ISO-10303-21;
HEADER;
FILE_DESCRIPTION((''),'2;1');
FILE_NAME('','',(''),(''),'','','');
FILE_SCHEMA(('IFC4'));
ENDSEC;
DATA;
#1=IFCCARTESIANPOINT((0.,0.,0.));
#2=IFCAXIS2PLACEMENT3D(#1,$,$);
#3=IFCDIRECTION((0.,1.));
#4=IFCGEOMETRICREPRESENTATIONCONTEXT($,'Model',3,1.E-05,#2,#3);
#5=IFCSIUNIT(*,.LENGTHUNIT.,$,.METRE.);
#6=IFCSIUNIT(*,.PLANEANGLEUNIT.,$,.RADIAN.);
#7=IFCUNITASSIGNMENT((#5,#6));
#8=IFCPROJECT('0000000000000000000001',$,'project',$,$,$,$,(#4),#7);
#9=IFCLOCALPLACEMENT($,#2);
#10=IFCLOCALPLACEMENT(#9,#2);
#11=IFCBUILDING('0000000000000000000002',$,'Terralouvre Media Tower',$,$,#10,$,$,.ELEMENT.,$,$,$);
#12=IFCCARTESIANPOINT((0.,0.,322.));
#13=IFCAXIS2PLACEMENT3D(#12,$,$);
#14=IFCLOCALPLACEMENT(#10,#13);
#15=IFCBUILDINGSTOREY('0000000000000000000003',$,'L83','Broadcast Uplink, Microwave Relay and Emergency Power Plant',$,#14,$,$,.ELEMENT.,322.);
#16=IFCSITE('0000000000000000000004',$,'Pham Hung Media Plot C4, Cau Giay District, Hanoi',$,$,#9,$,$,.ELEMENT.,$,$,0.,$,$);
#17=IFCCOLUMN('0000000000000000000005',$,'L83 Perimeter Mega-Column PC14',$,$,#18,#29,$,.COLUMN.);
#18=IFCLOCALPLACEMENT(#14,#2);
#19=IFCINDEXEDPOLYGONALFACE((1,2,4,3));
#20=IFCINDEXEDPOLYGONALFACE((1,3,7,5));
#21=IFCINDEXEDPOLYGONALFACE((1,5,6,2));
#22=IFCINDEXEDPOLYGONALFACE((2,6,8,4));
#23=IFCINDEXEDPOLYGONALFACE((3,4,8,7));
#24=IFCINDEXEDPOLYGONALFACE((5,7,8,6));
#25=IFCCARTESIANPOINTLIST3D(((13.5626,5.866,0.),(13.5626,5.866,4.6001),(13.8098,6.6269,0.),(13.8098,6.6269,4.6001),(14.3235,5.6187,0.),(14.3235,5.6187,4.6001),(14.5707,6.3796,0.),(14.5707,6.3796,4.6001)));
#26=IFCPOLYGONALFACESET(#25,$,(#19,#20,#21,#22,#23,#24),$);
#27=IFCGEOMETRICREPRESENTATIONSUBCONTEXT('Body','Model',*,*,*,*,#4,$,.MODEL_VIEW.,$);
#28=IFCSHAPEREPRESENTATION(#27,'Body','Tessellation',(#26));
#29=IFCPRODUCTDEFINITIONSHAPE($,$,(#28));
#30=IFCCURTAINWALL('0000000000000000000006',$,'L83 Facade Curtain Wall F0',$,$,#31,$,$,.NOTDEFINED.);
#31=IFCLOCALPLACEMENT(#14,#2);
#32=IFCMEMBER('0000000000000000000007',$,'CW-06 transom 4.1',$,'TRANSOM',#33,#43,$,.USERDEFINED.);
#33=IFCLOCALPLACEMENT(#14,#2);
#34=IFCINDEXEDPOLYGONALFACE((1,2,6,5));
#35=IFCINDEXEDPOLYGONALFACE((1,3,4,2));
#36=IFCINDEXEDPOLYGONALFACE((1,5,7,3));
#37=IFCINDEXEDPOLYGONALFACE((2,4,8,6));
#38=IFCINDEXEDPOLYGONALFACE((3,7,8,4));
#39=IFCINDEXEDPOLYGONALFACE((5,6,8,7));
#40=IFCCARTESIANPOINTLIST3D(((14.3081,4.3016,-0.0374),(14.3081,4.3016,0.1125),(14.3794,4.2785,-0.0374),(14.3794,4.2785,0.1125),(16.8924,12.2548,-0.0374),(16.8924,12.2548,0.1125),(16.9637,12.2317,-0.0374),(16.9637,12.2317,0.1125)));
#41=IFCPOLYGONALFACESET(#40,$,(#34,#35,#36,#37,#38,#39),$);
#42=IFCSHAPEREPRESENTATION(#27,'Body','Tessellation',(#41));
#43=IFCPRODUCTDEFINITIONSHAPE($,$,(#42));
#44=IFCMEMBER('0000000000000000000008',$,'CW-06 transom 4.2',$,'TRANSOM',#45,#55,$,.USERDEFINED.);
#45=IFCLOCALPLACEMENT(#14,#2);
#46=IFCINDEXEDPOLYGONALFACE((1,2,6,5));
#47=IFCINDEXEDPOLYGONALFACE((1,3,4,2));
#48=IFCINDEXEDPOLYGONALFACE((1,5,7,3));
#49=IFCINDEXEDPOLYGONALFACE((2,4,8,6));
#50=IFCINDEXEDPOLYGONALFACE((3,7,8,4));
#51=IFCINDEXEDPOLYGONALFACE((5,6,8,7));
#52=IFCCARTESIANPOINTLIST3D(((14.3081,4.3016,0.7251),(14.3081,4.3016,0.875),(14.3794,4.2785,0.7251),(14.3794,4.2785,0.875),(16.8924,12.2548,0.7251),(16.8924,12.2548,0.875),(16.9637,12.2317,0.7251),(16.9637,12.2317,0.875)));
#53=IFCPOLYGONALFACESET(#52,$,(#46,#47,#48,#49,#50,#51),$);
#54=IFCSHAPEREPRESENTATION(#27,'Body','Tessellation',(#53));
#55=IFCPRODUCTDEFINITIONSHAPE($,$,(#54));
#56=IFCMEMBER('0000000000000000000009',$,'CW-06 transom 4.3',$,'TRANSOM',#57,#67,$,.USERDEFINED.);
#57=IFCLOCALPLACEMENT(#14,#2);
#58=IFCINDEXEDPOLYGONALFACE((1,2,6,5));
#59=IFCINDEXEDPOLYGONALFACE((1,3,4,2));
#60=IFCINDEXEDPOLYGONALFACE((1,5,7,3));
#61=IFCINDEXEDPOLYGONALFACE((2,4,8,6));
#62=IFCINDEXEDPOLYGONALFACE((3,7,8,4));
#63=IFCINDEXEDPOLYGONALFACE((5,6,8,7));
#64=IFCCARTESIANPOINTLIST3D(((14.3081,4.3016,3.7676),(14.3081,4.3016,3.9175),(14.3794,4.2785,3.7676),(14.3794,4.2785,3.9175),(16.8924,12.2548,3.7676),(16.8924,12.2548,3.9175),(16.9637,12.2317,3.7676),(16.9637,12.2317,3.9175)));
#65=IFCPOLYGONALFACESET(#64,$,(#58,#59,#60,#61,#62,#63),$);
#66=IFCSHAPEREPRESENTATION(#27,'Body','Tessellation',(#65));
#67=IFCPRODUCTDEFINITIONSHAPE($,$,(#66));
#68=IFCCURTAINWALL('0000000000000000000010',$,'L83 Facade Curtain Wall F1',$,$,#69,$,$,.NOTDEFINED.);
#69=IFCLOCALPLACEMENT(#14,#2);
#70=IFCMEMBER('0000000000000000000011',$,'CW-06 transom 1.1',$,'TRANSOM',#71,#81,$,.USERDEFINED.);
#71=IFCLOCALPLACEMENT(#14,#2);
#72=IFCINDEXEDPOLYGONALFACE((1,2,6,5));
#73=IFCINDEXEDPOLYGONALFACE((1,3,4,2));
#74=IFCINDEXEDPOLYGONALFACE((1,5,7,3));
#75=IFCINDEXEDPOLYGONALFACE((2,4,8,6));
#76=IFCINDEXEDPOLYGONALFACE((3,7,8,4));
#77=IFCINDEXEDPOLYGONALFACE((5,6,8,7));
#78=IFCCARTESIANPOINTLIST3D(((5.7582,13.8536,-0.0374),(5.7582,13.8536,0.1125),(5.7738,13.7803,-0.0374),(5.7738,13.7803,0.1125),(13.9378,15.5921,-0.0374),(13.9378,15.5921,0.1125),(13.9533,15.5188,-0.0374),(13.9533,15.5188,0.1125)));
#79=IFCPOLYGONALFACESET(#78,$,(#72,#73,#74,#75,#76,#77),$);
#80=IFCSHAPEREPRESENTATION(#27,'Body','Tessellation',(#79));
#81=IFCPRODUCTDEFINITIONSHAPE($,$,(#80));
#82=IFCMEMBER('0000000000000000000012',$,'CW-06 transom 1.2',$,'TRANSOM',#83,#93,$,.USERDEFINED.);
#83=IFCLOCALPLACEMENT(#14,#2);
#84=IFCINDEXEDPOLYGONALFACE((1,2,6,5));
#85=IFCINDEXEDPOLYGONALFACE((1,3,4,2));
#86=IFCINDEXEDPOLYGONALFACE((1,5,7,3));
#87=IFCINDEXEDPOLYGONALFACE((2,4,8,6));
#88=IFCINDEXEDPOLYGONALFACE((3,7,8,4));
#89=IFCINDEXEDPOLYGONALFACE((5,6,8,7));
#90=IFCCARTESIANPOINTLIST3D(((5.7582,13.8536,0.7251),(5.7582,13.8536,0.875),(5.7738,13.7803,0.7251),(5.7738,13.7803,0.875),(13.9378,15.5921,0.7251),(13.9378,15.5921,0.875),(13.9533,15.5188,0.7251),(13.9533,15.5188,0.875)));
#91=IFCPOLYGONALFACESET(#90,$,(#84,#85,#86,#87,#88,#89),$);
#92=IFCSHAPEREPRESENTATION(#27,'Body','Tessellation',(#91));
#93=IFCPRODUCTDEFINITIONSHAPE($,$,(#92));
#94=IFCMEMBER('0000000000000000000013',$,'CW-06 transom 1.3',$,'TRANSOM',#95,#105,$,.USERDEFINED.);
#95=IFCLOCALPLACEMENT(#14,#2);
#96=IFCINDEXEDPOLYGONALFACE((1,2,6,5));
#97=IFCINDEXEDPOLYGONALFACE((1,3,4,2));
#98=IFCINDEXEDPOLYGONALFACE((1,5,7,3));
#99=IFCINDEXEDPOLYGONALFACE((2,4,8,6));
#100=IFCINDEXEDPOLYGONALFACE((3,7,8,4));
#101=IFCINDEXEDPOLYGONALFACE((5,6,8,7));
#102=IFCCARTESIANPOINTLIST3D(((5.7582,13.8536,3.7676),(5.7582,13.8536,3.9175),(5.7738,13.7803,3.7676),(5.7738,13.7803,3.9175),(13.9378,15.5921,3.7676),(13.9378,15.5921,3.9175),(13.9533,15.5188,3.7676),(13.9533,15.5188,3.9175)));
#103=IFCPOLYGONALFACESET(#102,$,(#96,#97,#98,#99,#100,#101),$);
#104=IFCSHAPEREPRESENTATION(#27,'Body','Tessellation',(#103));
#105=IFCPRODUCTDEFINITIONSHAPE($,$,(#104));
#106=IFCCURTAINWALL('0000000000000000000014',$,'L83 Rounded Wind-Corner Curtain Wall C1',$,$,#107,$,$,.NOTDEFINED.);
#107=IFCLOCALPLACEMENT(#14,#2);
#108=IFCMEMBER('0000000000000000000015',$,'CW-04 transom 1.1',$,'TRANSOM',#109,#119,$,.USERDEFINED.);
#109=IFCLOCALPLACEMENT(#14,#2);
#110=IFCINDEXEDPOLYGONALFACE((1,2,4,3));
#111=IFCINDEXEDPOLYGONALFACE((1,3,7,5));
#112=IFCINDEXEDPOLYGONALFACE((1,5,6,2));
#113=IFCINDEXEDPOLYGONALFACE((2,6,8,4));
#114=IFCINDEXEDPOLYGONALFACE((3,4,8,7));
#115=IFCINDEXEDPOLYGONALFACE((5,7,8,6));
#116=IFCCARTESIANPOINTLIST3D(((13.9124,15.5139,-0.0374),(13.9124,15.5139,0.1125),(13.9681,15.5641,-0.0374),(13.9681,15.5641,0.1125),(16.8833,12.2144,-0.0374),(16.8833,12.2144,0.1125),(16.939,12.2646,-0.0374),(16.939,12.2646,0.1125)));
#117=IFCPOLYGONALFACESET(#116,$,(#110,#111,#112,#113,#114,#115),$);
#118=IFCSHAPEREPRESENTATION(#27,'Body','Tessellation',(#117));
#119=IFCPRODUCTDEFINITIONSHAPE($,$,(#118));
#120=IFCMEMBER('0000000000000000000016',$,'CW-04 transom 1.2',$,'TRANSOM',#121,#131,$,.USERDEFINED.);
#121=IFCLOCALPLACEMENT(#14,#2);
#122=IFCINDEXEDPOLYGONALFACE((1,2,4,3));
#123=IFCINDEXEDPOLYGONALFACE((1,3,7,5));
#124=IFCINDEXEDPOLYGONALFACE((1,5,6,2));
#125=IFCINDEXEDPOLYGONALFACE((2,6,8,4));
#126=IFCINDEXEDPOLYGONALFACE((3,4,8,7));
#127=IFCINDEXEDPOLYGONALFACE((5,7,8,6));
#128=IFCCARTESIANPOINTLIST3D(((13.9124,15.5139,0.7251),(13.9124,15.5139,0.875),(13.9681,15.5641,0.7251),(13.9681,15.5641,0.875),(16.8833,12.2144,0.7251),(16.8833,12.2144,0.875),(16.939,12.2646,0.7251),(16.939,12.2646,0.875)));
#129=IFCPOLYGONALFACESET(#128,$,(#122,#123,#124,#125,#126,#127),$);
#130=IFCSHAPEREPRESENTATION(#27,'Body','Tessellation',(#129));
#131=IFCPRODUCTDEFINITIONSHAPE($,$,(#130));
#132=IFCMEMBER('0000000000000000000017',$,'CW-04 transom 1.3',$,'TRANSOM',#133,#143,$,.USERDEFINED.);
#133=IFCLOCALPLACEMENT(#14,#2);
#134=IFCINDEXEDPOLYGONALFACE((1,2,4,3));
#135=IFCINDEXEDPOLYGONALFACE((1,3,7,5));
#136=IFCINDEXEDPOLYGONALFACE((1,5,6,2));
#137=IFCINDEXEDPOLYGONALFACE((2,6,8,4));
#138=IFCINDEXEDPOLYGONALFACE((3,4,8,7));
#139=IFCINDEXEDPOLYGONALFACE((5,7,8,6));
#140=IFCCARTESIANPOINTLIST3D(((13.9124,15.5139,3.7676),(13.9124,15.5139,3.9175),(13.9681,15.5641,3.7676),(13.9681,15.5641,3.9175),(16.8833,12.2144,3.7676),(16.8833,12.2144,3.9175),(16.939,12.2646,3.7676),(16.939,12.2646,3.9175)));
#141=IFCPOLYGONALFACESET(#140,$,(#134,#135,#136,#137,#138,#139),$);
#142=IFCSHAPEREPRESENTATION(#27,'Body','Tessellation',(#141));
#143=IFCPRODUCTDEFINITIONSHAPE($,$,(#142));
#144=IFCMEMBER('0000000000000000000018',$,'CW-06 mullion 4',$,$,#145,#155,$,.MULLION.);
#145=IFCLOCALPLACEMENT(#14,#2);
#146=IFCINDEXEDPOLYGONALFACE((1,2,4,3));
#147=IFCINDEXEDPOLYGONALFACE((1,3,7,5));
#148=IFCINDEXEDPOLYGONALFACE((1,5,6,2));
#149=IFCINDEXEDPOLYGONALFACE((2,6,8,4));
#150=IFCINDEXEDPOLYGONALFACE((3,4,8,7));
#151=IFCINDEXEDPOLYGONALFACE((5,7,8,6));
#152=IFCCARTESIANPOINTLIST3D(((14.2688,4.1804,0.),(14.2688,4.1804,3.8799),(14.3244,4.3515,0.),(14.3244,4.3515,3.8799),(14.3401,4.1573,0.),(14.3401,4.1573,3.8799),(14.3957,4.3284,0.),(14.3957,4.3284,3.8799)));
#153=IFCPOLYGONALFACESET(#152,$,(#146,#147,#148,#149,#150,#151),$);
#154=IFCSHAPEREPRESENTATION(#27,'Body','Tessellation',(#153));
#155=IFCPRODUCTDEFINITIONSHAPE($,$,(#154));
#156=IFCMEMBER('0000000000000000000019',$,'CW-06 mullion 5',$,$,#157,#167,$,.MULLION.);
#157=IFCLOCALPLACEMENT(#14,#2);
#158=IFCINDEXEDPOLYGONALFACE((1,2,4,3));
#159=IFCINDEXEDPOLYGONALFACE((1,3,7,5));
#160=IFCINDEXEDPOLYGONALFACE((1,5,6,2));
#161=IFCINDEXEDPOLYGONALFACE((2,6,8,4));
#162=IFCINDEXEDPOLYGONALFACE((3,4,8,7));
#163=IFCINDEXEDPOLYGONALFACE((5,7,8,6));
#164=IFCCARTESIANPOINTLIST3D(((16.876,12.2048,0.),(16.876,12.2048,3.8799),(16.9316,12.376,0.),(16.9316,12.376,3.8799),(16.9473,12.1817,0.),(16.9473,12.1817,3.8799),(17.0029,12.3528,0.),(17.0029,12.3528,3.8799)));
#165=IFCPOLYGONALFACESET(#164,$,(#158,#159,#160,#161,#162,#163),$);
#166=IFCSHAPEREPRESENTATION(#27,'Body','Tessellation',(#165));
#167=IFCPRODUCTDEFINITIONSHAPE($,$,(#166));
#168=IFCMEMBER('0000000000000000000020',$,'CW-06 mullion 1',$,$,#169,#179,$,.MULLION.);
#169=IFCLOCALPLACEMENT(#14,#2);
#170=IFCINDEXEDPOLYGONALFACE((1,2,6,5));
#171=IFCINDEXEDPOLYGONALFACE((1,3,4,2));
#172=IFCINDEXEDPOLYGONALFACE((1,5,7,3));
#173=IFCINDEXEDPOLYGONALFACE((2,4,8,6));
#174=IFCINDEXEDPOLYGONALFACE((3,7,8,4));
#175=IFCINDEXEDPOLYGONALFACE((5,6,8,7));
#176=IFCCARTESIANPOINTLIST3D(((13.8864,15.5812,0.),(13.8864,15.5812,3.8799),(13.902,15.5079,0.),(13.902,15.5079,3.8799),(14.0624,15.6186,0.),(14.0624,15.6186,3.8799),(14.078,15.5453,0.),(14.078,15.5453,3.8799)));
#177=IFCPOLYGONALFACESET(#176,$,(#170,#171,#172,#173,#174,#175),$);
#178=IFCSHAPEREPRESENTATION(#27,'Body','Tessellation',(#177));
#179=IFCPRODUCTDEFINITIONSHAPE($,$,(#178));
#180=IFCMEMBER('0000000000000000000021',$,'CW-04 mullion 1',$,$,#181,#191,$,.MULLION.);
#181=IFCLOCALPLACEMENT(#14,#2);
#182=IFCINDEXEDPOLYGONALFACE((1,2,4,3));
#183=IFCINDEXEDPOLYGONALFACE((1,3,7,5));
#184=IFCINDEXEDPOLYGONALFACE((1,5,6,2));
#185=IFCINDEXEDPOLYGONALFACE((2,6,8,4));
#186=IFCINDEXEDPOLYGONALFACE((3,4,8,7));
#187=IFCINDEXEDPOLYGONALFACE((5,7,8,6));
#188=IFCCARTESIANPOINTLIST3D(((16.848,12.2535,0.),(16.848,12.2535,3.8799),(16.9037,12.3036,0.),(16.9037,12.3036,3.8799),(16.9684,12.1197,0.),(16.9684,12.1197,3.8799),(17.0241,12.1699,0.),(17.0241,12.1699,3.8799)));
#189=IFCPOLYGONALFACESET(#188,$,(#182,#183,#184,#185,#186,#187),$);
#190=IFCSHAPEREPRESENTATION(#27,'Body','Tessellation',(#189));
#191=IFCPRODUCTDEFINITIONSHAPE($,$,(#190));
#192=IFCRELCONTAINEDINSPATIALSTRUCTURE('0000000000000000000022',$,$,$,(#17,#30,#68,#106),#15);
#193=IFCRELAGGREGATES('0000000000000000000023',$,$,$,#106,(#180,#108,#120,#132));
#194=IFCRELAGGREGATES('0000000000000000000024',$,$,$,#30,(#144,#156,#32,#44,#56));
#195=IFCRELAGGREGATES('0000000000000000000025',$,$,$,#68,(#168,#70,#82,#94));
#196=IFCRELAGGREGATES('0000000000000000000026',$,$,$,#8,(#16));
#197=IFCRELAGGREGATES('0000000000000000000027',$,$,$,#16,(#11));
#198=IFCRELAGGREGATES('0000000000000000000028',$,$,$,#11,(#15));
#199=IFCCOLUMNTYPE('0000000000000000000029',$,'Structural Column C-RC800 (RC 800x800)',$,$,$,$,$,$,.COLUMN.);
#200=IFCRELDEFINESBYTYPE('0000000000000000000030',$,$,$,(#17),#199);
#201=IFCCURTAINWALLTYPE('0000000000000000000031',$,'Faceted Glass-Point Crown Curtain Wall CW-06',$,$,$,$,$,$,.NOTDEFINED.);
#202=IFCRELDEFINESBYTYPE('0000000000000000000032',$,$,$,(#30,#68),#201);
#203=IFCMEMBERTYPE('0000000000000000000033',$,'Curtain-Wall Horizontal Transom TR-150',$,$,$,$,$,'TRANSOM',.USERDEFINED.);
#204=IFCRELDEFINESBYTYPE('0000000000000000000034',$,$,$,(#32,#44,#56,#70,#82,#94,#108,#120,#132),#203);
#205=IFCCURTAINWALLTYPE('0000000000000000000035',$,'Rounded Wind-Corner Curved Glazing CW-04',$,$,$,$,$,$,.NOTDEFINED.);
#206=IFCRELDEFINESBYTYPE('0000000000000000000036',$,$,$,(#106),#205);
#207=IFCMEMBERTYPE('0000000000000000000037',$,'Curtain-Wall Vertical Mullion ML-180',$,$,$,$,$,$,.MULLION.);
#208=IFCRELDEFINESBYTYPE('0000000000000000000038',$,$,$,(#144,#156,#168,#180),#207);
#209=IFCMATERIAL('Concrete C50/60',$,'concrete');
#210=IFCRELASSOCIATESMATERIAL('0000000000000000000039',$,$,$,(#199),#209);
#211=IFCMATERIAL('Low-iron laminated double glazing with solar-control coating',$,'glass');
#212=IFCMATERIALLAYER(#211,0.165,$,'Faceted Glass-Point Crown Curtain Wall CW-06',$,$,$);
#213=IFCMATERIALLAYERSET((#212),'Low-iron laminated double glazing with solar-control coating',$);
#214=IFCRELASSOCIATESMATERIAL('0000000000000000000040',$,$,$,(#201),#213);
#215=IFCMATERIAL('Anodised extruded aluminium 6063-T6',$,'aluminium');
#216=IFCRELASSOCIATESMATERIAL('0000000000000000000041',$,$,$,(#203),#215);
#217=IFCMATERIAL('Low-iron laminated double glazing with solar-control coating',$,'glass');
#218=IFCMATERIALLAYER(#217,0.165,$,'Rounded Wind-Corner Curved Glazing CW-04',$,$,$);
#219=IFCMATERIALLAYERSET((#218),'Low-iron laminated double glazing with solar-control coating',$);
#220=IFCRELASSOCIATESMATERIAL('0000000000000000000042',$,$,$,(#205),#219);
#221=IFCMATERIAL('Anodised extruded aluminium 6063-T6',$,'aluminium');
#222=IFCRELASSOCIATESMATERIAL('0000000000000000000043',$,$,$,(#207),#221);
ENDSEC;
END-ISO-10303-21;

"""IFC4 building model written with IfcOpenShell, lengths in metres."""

from ifc_helpers import new_model, si_unit, direction, frame, origin, origin_2d, place, context, subcontext, project, spatial, rectangle, extrude, material, layer, layer_set, material_profile, profile_set, type_object, element, aggregate, save


model = new_model("IFC4")

# Units and contexts
model_context = context("Model", 3, precision=1e-05, world=origin(), true_north=direction((0.0, 1.0)))
body_context = subcontext(model_context, "Body", "Model", "MODEL_VIEW")
ifc_project = project(units=[si_unit("LENGTHUNIT", "METRE"), si_unit("PLANEANGLEUNIT", "RADIAN")], contexts=[model_context])

# Site, building, storey
site_placement = place(None, origin())
site = spatial("IfcSite", under=ifc_project, at=site_placement, Name="Pham Hung Media Plot C4, Cau Giay District, Hanoi", CompositionType="ELEMENT", RefElevation=0.0)
building_placement = place(site_placement, origin())
building = spatial("IfcBuilding", under=site, at=building_placement, Name="Terralouvre Media Tower", CompositionType="ELEMENT")
storey_placement = place(building_placement, frame((0.0, 0.0, 322.0)))
storey = spatial("IfcBuildingStorey", under=building, at=storey_placement, Name="L83", Description="Broadcast Uplink, Microwave Relay and Emergency Power Plant", CompositionType="ELEMENT", Elevation=322.0)

# Column
ifc_material_1 = material(Name="Concrete C50/60", Category="concrete")
ifc_material_profile_1 = material_profile(ifc_material_1, rectangle(XDim=0.8, YDim=0.8, at=origin_2d()), Name="RC 800x800")
ifc_profile_set_1 = profile_set([ifc_material_profile_1], Name="Concrete C50/60")
column_type = type_object("IfcColumnType", Name="Structural Column C-RC800 (RC 800x800)", PredefinedType="COLUMN", material=ifc_profile_set_1)
column_placement = place(storey_placement, frame((14.0667, 6.1228, 0.0), z_axis=(0.0, 0.0, 1.0), x_axis=(0.309017, 0.951057, 0.0)))
element("IfcColumn", 1, at=column_placement, inside=storey, type_object=column_type, Name="L83 Perimeter Mega-Column PC14", PredefinedType="COLUMN", context=body_context, shape_type="SweptSolid", body=[
    extrude(rectangle(XDim=0.8, YDim=0.8, at=origin_2d()), origin(), (0.0, 0.0, 1.0), 4.6001),
])

# Curtain walls, members
ifc_material_2 = material(Name="Low-iron laminated double glazing with solar-control coating", Category="glass")
ifc_layer_1 = layer(ifc_material_2, 0.165, Name="Faceted Glass-Point Crown Curtain Wall CW-06")
ifc_layer_set_1 = layer_set([ifc_layer_1], Name="Low-iron laminated double glazing with solar-control coating")
curtain_wall_type_1 = type_object("IfcCurtainWallType", Name="Faceted Glass-Point Crown Curtain Wall CW-06", PredefinedType="NOTDEFINED", material=ifc_layer_set_1)
curtain_wall_1_placement = place(storey_placement, origin())
curtain_wall_1 = element("IfcCurtainWall", 2, at=curtain_wall_1_placement, inside=storey, type_object=curtain_wall_type_1, Name="L83 Facade Curtain Wall F0", PredefinedType="NOTDEFINED")
ifc_material_3 = material(Name="Anodised extruded aluminium 6063-T6", Category="aluminium")
ifc_material_profile_2 = material_profile(ifc_material_3, rectangle(XDim=0.075, YDim=0.1499, at=origin_2d()), Name="ALU 75x150")
ifc_profile_set_2 = profile_set([ifc_material_profile_2], Name="Anodised extruded aluminium 6063-T6")
member_type_1 = type_object("IfcMemberType", Name="Curtain-Wall Horizontal Transom TR-150", ElementType="TRANSOM", PredefinedType="USERDEFINED", material=ifc_profile_set_2)
member_1_placement = place(storey_placement, frame((14.3438, 4.29, 0.0376), z_axis=(0.309028, 0.951053, 0.0), x_axis=(-0.951053, 0.309028, 0.0)))
member_1 = element("IfcMember", 3, at=member_1_placement, type_object=member_type_1, Name="CW-06 transom 4.1", ObjectType="TRANSOM", PredefinedType="USERDEFINED", context=body_context, shape_type="SweptSolid", body=[
    extrude(rectangle(XDim=0.075, YDim=0.1499, at=origin_2d()), origin(), (0.0, 0.0, 1.0), 8.3625),
])
member_2_placement = place(storey_placement, frame((14.3438, 4.29, 0.8), z_axis=(0.309028, 0.951053, 0.0), x_axis=(-0.951053, 0.309028, 0.0)))
member_2 = element("IfcMember", 4, at=member_2_placement, type_object=member_type_1, Name="CW-06 transom 4.2", ObjectType="TRANSOM", PredefinedType="USERDEFINED", context=body_context, shape_type="SweptSolid", body=[
    extrude(rectangle(XDim=0.075, YDim=0.1499, at=origin_2d()), origin(), (0.0, 0.0, 1.0), 8.3625),
])
member_3_placement = place(storey_placement, frame((14.3438, 4.29, 3.8425), z_axis=(0.309028, 0.951053, 0.0), x_axis=(-0.951053, 0.309028, 0.0)))
member_3 = element("IfcMember", 5, at=member_3_placement, type_object=member_type_1, Name="CW-06 transom 4.3", ObjectType="TRANSOM", PredefinedType="USERDEFINED", context=body_context, shape_type="SweptSolid", body=[
    extrude(rectangle(XDim=0.075, YDim=0.1499, at=origin_2d()), origin(), (0.0, 0.0, 1.0), 8.3625),
])
curtain_wall_2_placement = place(storey_placement, origin())
curtain_wall_2 = element("IfcCurtainWall", 6, at=curtain_wall_2_placement, inside=storey, type_object=curtain_wall_type_1, Name="L83 Facade Curtain Wall F1", PredefinedType="NOTDEFINED")
member_4_placement = place(storey_placement, frame((13.9456, 15.5554, 0.0376), z_axis=(-0.978151, -0.207898, 0.0), x_axis=(0.207898, -0.978151, 0.0)))
member_4 = element("IfcMember", 7, at=member_4_placement, type_object=member_type_1, Name="CW-06 transom 1.1", ObjectType="TRANSOM", PredefinedType="USERDEFINED", context=body_context, shape_type="SweptSolid", body=[
    extrude(rectangle(XDim=0.075, YDim=0.1499, at=origin_2d()), origin(), (0.0, 0.0, 1.0), 8.3623),
])
member_5_placement = place(storey_placement, frame((13.9456, 15.5554, 0.8), z_axis=(-0.978151, -0.207898, 0.0), x_axis=(0.207898, -0.978151, 0.0)))
member_5 = element("IfcMember", 8, at=member_5_placement, type_object=member_type_1, Name="CW-06 transom 1.2", ObjectType="TRANSOM", PredefinedType="USERDEFINED", context=body_context, shape_type="SweptSolid", body=[
    extrude(rectangle(XDim=0.075, YDim=0.1499, at=origin_2d()), origin(), (0.0, 0.0, 1.0), 8.3623),
])
member_6_placement = place(storey_placement, frame((13.9456, 15.5554, 3.8425), z_axis=(-0.978151, -0.207898, 0.0), x_axis=(0.207898, -0.978151, 0.0)))
member_6 = element("IfcMember", 9, at=member_6_placement, type_object=member_type_1, Name="CW-06 transom 1.3", ObjectType="TRANSOM", PredefinedType="USERDEFINED", context=body_context, shape_type="SweptSolid", body=[
    extrude(rectangle(XDim=0.075, YDim=0.1499, at=origin_2d()), origin(), (0.0, 0.0, 1.0), 8.3623),
])
ifc_material_4 = material(Name="Low-iron laminated double glazing with solar-control coating", Category="glass")
ifc_layer_2 = layer(ifc_material_4, 0.165, Name="Rounded Wind-Corner Curved Glazing CW-04")
ifc_layer_set_2 = layer_set([ifc_layer_2], Name="Low-iron laminated double glazing with solar-control coating")
curtain_wall_type_2 = type_object("IfcCurtainWallType", Name="Rounded Wind-Corner Curved Glazing CW-04", PredefinedType="NOTDEFINED", material=ifc_layer_set_2)
curtain_wall_3_placement = place(storey_placement, origin())
curtain_wall_3 = element("IfcCurtainWall", 10, at=curtain_wall_3_placement, inside=storey, type_object=curtain_wall_type_2, Name="L83 Rounded Wind-Corner Curtain Wall C1", PredefinedType="NOTDEFINED")
member_7_placement = place(storey_placement, frame((16.9111, 12.2395, 0.0376), z_axis=(-0.669132, 0.743144, 0.0), x_axis=(-0.743144, -0.669132, 0.0)))
member_7 = element("IfcMember", 11, at=member_7_placement, type_object=member_type_1, Name="CW-04 transom 1.1", ObjectType="TRANSOM", PredefinedType="USERDEFINED", context=body_context, shape_type="SweptSolid", body=[
    extrude(rectangle(XDim=0.075, YDim=0.1499, at=origin_2d()), origin(), (0.0, 0.0, 1.0), 4.4399),
])
member_8_placement = place(storey_placement, frame((16.9111, 12.2395, 0.8), z_axis=(-0.669132, 0.743144, 0.0), x_axis=(-0.743144, -0.669132, 0.0)))
member_8 = element("IfcMember", 12, at=member_8_placement, type_object=member_type_1, Name="CW-04 transom 1.2", ObjectType="TRANSOM", PredefinedType="USERDEFINED", context=body_context, shape_type="SweptSolid", body=[
    extrude(rectangle(XDim=0.075, YDim=0.1499, at=origin_2d()), origin(), (0.0, 0.0, 1.0), 4.4399),
])
member_9_placement = place(storey_placement, frame((16.9111, 12.2395, 3.8425), z_axis=(-0.669132, 0.743144, 0.0), x_axis=(-0.743144, -0.669132, 0.0)))
member_9 = element("IfcMember", 13, at=member_9_placement, type_object=member_type_1, Name="CW-04 transom 1.3", ObjectType="TRANSOM", PredefinedType="USERDEFINED", context=body_context, shape_type="SweptSolid", body=[
    extrude(rectangle(XDim=0.075, YDim=0.1499, at=origin_2d()), origin(), (0.0, 0.0, 1.0), 4.4399),
])

# Members
ifc_material_5 = material(Name="Anodised extruded aluminium 6063-T6", Category="aluminium")
ifc_material_profile_3 = material_profile(ifc_material_5, rectangle(XDim=0.075, YDim=0.1799, at=origin_2d()), Name="ALU 75x180")
ifc_profile_set_3 = profile_set([ifc_material_profile_3], Name="Anodised extruded aluminium 6063-T6")
member_type_2 = type_object("IfcMemberType", Name="Curtain-Wall Vertical Mullion ML-180", PredefinedType="MULLION", material=ifc_profile_set_3)
member_10_placement = place(storey_placement, frame((14.3323, 4.2544, 0.0), z_axis=(0.0, 0.0, 1.0), x_axis=(-0.951057, 0.309017, 0.0)))
member_10 = element("IfcMember", 14, at=member_10_placement, type_object=member_type_2, Name="CW-06 mullion 4", PredefinedType="MULLION", context=body_context, shape_type="SweptSolid", body=[
    extrude(rectangle(XDim=0.075, YDim=0.1799, at=origin_2d()), origin(), (0.0, 0.0, 1.0), 3.8799),
])
member_11_placement = place(storey_placement, frame((16.9395, 12.2788, 0.0), z_axis=(0.0, 0.0, 1.0), x_axis=(-0.951057, 0.309017, 0.0)))
member_11 = element("IfcMember", 15, at=member_11_placement, type_object=member_type_2, Name="CW-06 mullion 5", PredefinedType="MULLION", context=body_context, shape_type="SweptSolid", body=[
    extrude(rectangle(XDim=0.075, YDim=0.1799, at=origin_2d()), origin(), (0.0, 0.0, 1.0), 3.8799),
])
member_12_placement = place(storey_placement, frame((13.9822, 15.5632, 0.0), z_axis=(0.0, 0.0, 1.0), x_axis=(0.207912, -0.978148, 0.0)))
member_12 = element("IfcMember", 16, at=member_12_placement, type_object=member_type_2, Name="CW-06 mullion 1", PredefinedType="MULLION", context=body_context, shape_type="SweptSolid", body=[
    extrude(rectangle(XDim=0.075, YDim=0.1799, at=origin_2d()), origin(), (0.0, 0.0, 1.0), 3.8799),
])
member_13_placement = place(storey_placement, frame((16.936, 12.2117, 0.0), z_axis=(0.0, 0.0, 1.0), x_axis=(-0.743144, -0.669132, 0.0)))
member_13 = element("IfcMember", 17, at=member_13_placement, type_object=member_type_2, Name="CW-04 mullion 1", PredefinedType="MULLION", context=body_context, shape_type="SweptSolid", body=[
    extrude(rectangle(XDim=0.075, YDim=0.1799, at=origin_2d()), origin(), (0.0, 0.0, 1.0), 3.8799),
])

aggregate(curtain_wall_3, [member_13, member_7, member_8, member_9])
aggregate(curtain_wall_1, [member_10, member_11, member_1, member_2, member_3])
aggregate(curtain_wall_2, [member_12, member_4, member_5, member_6])

save(model, "model.ifc")
